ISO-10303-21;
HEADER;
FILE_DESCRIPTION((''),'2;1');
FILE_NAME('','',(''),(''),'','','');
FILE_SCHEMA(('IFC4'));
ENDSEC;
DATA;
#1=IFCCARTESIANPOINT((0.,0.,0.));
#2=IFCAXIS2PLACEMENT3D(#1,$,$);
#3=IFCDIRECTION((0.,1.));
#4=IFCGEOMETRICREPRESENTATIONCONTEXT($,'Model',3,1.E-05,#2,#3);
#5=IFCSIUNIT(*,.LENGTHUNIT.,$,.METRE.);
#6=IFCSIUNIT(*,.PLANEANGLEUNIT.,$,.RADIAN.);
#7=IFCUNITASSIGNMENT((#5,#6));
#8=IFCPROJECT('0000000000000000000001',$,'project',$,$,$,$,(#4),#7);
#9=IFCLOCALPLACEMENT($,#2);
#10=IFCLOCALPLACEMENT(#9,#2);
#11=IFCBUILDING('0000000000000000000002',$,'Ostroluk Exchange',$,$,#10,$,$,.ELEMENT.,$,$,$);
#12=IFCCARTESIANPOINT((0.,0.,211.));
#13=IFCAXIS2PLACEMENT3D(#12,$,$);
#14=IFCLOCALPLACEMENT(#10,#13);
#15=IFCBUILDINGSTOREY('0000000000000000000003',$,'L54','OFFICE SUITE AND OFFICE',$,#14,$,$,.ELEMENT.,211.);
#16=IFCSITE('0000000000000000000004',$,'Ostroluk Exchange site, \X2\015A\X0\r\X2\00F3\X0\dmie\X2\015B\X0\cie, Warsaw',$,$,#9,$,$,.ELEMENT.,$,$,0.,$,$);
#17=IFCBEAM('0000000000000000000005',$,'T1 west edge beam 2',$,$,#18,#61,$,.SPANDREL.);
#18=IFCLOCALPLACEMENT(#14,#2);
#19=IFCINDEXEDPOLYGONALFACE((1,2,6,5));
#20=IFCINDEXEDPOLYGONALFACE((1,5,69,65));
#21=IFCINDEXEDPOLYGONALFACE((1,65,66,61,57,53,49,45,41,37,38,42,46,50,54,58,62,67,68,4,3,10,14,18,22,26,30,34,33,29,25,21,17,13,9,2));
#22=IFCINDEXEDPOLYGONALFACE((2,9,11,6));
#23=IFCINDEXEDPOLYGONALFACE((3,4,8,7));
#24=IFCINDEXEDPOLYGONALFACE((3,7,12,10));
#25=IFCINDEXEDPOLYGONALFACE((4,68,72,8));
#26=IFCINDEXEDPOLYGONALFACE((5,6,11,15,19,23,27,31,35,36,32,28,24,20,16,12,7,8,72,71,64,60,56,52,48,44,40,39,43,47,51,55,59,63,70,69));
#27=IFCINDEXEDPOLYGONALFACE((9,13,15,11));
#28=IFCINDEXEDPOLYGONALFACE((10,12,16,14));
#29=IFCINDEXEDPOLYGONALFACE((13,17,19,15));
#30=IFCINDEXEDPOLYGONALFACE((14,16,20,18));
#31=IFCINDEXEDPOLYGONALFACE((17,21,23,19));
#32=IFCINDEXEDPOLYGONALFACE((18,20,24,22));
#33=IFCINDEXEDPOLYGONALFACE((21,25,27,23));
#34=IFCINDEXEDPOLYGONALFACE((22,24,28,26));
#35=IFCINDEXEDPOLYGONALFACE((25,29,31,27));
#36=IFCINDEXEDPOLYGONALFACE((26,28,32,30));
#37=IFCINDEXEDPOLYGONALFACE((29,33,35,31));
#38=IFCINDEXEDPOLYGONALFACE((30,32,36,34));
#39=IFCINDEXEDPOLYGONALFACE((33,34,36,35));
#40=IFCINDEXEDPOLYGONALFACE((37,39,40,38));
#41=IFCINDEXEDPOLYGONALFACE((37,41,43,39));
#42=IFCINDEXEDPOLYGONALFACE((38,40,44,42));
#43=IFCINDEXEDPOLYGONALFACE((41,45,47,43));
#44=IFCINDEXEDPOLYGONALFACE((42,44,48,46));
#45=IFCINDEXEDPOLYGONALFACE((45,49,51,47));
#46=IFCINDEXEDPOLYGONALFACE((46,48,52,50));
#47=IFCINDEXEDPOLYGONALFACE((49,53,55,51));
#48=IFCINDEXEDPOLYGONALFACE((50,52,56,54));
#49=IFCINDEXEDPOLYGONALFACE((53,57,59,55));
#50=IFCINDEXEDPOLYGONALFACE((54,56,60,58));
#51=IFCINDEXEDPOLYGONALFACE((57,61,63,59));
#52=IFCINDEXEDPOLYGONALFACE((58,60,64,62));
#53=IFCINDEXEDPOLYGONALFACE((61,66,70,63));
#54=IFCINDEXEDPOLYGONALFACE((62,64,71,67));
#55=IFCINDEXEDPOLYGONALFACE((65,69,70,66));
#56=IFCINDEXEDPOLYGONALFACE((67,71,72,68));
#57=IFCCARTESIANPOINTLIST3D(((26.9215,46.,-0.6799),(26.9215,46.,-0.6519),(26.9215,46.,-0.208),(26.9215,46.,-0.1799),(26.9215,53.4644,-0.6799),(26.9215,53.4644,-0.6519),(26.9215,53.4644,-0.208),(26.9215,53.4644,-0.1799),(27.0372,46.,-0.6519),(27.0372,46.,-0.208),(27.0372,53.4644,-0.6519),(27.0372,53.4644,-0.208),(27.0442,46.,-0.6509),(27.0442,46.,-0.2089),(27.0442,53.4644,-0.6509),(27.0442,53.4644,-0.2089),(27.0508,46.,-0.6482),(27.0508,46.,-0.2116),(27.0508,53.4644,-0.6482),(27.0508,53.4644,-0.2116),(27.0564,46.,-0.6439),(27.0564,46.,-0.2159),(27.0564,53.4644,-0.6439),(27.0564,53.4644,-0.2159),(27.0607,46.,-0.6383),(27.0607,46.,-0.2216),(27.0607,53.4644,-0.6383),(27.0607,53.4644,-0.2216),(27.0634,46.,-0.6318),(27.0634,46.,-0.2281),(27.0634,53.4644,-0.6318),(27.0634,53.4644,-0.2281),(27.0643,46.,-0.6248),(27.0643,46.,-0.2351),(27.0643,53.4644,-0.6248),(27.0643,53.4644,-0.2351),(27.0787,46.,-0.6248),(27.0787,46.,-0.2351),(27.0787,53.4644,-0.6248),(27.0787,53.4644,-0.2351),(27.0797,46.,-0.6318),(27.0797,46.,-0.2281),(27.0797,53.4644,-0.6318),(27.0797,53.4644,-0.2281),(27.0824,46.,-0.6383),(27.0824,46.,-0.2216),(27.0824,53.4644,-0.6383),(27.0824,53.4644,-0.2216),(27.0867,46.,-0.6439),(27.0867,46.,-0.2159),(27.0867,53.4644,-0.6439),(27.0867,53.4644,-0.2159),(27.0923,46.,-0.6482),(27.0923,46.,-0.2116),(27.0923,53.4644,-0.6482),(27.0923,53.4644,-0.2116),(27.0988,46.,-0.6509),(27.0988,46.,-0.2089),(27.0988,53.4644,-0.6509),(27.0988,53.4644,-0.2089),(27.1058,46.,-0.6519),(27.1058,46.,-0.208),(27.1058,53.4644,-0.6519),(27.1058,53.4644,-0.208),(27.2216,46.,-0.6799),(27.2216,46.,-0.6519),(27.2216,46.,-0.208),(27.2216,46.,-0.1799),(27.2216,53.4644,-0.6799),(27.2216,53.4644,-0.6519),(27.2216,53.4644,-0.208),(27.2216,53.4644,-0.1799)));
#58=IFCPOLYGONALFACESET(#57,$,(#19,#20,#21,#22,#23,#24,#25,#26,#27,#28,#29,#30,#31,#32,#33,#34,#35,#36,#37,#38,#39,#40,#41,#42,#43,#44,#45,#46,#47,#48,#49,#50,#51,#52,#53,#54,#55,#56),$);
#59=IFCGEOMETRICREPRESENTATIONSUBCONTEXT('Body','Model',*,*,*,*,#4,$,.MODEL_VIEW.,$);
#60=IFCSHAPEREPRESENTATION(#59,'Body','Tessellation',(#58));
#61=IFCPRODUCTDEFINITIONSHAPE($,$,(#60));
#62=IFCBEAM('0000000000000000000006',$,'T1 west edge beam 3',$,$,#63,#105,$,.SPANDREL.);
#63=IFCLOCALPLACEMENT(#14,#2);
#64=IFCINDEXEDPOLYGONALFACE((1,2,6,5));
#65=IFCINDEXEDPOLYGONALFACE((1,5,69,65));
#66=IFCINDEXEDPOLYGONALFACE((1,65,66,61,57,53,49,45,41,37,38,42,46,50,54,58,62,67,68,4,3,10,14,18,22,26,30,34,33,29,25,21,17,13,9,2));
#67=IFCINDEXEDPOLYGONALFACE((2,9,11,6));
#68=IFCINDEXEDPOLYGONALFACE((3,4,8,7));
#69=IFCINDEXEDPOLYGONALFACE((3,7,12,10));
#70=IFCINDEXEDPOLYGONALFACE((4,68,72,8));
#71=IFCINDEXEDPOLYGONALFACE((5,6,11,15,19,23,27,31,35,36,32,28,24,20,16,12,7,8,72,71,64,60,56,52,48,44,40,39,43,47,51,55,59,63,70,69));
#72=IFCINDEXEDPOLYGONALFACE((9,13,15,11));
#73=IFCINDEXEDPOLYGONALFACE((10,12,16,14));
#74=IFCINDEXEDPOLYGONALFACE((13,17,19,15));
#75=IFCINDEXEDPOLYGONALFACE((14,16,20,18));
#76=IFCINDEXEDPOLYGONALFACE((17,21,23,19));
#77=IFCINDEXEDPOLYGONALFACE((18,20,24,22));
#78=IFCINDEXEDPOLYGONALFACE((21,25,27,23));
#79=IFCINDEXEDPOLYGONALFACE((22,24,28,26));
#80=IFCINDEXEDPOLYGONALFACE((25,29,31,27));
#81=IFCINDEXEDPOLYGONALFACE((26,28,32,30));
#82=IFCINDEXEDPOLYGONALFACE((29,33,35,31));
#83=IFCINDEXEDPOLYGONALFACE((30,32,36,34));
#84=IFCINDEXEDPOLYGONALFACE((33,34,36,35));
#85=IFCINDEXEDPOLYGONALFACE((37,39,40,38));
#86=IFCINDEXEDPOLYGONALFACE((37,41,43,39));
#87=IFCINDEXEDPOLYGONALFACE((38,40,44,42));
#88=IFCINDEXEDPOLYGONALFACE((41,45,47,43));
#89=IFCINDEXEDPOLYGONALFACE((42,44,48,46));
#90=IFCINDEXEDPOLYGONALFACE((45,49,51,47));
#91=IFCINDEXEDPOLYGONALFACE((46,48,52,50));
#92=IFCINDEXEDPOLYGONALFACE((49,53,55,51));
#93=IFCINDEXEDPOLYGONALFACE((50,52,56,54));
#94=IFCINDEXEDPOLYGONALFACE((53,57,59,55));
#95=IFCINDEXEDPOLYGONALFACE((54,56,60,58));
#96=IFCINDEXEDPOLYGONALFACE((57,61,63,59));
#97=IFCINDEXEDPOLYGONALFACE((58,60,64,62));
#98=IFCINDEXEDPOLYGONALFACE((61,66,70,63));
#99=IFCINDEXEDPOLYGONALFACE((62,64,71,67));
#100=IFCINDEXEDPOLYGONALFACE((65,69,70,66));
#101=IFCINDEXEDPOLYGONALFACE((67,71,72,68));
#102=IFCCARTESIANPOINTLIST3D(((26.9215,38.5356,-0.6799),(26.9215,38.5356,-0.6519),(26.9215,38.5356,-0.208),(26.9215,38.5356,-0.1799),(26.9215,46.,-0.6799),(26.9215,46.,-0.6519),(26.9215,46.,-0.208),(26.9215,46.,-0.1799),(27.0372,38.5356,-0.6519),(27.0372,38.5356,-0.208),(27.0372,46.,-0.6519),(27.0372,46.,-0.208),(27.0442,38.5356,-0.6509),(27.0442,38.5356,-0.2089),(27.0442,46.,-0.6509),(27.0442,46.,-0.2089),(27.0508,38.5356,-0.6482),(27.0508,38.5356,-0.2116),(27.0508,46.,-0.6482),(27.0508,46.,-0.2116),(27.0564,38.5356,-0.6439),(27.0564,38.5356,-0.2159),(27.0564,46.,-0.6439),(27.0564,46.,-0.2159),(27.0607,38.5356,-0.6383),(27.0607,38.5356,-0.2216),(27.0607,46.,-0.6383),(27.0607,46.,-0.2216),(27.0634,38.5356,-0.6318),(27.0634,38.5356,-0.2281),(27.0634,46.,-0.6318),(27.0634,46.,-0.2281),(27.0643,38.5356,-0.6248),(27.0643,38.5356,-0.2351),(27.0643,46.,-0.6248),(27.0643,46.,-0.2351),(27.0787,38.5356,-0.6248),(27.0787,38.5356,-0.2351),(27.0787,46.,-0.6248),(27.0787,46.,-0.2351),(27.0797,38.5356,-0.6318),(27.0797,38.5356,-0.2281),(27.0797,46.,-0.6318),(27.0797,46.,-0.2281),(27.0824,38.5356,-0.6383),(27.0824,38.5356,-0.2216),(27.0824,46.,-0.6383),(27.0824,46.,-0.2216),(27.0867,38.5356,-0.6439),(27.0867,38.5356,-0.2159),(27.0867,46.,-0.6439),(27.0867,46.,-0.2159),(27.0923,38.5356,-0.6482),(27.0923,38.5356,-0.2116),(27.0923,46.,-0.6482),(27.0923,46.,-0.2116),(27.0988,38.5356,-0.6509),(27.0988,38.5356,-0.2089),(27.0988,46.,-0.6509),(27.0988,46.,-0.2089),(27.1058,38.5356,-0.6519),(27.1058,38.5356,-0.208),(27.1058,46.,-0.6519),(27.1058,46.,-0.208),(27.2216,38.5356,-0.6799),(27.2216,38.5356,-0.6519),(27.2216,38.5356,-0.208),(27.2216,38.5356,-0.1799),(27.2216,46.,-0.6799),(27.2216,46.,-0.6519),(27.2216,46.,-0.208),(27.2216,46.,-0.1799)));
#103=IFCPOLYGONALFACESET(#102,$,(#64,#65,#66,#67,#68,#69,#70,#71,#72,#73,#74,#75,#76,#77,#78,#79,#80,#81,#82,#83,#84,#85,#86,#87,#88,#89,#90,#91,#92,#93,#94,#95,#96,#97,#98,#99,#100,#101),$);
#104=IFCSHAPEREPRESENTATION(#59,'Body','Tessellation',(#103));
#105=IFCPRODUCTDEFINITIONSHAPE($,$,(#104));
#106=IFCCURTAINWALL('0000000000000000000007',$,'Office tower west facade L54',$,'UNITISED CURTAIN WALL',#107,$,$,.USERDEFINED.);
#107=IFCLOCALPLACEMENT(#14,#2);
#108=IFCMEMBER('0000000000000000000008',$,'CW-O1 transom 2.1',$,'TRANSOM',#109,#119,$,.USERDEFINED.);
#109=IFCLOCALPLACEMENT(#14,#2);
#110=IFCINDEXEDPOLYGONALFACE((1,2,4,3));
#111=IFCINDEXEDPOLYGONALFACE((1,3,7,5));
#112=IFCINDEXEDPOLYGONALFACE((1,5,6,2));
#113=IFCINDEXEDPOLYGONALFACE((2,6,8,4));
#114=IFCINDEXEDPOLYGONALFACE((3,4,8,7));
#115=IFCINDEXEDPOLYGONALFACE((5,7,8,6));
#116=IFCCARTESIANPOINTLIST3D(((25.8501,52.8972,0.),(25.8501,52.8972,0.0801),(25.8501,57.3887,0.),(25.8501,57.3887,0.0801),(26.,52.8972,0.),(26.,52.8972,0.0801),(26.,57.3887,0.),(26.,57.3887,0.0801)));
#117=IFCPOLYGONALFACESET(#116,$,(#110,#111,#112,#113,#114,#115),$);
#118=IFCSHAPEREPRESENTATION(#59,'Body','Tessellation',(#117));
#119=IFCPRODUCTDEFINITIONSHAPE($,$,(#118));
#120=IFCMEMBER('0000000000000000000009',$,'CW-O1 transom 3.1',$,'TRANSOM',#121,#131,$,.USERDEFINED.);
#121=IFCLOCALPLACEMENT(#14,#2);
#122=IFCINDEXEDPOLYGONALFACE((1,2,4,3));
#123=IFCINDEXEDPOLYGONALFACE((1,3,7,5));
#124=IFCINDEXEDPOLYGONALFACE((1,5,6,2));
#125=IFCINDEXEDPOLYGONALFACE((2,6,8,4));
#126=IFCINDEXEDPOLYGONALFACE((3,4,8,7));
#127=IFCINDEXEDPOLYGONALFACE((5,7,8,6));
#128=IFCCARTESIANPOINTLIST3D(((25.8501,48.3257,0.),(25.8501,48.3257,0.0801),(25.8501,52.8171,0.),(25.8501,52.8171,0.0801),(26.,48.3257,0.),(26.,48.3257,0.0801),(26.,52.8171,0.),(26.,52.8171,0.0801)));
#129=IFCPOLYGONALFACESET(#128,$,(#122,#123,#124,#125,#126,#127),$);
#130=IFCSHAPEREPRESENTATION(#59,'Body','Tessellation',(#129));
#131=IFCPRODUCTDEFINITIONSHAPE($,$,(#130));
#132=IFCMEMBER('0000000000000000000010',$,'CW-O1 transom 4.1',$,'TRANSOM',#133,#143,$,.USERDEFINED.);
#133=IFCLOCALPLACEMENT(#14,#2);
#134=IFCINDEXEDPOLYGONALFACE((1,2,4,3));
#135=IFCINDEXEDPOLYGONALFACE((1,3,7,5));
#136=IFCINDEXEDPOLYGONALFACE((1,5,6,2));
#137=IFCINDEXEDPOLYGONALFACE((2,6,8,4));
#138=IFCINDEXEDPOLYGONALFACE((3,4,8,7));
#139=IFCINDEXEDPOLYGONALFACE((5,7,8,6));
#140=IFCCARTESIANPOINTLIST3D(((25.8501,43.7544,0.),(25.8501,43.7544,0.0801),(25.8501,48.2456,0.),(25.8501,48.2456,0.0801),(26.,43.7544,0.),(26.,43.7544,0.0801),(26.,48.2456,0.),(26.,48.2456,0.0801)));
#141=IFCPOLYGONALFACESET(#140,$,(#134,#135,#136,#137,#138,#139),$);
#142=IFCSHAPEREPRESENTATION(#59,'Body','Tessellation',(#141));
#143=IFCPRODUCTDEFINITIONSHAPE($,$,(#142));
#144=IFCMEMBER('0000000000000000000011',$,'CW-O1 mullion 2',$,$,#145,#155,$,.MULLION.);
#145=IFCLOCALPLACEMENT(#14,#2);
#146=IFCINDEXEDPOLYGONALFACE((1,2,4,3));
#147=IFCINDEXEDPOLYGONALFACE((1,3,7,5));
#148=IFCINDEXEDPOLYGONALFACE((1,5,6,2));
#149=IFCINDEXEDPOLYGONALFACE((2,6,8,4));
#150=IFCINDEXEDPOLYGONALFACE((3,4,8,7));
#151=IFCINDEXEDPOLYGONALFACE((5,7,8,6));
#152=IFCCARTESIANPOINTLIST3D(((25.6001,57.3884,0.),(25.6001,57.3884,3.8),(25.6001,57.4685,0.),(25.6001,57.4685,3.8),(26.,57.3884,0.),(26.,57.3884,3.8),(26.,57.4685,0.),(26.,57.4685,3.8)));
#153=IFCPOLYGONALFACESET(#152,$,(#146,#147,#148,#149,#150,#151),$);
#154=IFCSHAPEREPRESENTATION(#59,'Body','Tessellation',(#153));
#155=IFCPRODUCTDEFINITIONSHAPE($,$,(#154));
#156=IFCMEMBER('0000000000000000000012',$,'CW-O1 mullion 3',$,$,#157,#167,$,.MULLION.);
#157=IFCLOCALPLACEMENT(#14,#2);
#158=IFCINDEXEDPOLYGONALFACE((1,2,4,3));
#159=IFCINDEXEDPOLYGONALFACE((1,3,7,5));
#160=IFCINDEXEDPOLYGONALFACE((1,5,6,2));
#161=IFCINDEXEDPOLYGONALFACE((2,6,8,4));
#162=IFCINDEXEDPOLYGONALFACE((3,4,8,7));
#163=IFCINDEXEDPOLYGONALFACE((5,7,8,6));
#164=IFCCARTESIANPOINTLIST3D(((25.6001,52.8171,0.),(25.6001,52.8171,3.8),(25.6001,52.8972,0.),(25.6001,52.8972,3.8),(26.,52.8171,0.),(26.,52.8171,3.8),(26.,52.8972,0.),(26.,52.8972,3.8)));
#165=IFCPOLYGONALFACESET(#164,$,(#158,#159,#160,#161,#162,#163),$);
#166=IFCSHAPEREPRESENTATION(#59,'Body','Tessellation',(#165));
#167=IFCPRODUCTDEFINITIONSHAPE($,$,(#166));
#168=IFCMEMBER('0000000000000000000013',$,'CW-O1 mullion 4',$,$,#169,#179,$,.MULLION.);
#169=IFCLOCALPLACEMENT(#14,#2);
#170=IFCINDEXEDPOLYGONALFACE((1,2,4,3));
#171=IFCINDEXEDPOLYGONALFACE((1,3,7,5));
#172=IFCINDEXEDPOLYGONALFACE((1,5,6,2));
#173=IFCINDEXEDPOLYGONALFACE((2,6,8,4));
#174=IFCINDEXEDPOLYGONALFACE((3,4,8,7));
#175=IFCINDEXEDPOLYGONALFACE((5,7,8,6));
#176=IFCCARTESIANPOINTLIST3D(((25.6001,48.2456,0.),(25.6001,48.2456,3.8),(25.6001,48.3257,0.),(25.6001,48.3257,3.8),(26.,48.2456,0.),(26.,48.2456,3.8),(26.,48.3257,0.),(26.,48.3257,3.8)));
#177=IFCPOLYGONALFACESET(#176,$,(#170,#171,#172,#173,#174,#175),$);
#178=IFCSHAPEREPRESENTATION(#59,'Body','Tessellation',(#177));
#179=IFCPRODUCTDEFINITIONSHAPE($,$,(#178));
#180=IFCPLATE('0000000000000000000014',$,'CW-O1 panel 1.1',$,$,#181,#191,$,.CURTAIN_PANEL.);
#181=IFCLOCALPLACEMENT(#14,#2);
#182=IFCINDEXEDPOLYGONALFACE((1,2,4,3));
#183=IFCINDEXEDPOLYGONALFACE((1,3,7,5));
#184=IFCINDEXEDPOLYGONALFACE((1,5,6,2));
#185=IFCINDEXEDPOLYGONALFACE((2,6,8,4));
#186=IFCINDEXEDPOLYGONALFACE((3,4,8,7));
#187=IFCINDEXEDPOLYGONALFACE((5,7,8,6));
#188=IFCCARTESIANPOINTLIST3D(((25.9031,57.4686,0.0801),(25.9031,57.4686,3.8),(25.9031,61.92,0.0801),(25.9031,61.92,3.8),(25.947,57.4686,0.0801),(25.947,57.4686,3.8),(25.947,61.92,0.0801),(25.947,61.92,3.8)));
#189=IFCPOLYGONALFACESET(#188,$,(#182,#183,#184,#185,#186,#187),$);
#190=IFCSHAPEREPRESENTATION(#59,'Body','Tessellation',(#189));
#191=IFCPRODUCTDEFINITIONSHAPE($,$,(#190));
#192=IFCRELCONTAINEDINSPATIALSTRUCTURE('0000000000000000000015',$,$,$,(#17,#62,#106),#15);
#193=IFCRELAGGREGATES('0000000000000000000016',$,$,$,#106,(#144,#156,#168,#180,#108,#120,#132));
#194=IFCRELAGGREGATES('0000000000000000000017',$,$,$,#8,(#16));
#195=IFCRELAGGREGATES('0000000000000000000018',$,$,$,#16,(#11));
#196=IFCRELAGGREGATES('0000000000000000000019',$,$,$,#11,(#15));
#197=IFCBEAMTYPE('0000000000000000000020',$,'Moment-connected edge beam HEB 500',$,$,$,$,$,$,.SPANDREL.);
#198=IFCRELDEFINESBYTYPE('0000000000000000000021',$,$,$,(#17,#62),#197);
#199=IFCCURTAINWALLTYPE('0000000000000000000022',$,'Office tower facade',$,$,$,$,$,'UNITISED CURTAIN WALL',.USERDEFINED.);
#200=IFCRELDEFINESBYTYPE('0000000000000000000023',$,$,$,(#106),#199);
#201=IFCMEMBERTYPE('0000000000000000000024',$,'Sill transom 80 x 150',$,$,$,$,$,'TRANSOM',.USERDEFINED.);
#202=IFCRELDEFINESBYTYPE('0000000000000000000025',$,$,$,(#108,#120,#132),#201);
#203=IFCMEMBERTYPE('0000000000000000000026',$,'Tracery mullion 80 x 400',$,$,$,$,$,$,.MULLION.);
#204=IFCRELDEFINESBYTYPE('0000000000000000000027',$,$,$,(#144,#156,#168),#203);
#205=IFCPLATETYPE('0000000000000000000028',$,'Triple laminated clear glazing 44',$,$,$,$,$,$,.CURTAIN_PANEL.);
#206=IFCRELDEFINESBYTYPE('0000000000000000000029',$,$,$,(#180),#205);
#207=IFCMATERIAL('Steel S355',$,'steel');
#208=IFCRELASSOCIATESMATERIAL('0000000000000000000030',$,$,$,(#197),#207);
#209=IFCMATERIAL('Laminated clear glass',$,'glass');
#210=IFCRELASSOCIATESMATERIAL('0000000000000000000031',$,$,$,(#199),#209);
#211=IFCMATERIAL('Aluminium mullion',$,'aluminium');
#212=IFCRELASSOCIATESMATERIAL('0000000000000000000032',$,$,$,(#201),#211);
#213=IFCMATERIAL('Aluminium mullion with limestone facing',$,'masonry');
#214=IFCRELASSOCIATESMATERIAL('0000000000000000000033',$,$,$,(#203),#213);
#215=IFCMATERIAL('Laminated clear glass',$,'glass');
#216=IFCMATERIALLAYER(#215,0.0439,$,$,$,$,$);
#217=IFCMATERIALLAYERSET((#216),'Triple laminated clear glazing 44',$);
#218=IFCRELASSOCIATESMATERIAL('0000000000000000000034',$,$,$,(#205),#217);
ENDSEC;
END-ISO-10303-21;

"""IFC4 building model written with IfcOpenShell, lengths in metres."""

from ifc_helpers import new_model, si_unit, direction, frame, origin, origin_2d, place, context, subcontext, project, spatial, rectangle, i_section, extrude, material, layer, layer_set, material_profile, profile_set, type_object, element, aggregate, save


model = new_model("IFC4")

# Units and contexts
model_context = context("Model", 3, precision=1e-05, world=origin(), true_north=direction((0.0, 1.0)))
body_context = subcontext(model_context, "Body", "Model", "MODEL_VIEW")
ifc_project = project(units=[si_unit("LENGTHUNIT", "METRE"), si_unit("PLANEANGLEUNIT", "RADIAN")], contexts=[model_context])

# Site, building, storey
site_placement = place(None, origin())
site = spatial("IfcSite", under=ifc_project, at=site_placement, Name="Ostroluk Exchange site, Śródmieście, Warsaw", CompositionType="ELEMENT", RefElevation=0.0)
building_placement = place(site_placement, origin())
building = spatial("IfcBuilding", under=site, at=building_placement, Name="Ostroluk Exchange", CompositionType="ELEMENT")
storey_placement = place(building_placement, frame((0.0, 0.0, 211.0)))
storey = spatial("IfcBuildingStorey", under=building, at=storey_placement, Name="L54", Description="OFFICE SUITE AND OFFICE", CompositionType="ELEMENT", Elevation=211.0)

# Beams
ifc_material_1 = material(Name="Steel S355", Category="steel")
ifc_material_profile_1 = material_profile(ifc_material_1, i_section(OverallWidth=0.3, OverallDepth=0.5, WebThickness=0.0144, FlangeThickness=0.0281, FilletRadius=0.0271, at=origin_2d()), Name="HEB 500")
ifc_profile_set_1 = profile_set([ifc_material_profile_1], Name="Steel S355")
beam_type_1 = type_object("IfcBeamType", Name="Moment-connected edge beam HEB 500", PredefinedType="SPANDREL", material=ifc_profile_set_1)
for number, where, z_axis, x_axis, name in (
    (1, (27.0715, 53.4644, -0.4299), (0.0, -1.0, 0.0), (1.0, 0.0, 0.0), "T1 west edge beam 2"),
    (2, (27.0715, 46.0, -0.4299), (0.0, -1.0, 0.0), (1.0, 0.0, 0.0), "T1 west edge beam 3"),
):
    element("IfcBeam", number, at=place(storey_placement, frame(where, z_axis=z_axis, x_axis=x_axis)), inside=storey, type_object=beam_type_1, Name=name, PredefinedType="SPANDREL", context=body_context, shape_type="SweptSolid", body=[
        extrude(i_section(OverallWidth=0.3, OverallDepth=0.5, WebThickness=0.0144, FlangeThickness=0.0281, FilletRadius=0.0271, at=origin_2d()), origin(), (0.0, 0.0, 1.0), 7.4644),
    ])

# Curtain wall, members, plate
ifc_material_2 = material(Name="Laminated clear glass", Category="glass")
curtain_wall_type = type_object("IfcCurtainWallType", Name="Office tower facade", ElementType="UNITISED CURTAIN WALL", PredefinedType="USERDEFINED", material=ifc_material_2)
curtain_wall_placement = place(storey_placement, origin())
curtain_wall = element("IfcCurtainWall", 3, at=curtain_wall_placement, inside=storey, type_object=curtain_wall_type, Name="Office tower west facade L54", ObjectType="UNITISED CURTAIN WALL", PredefinedType="USERDEFINED")
ifc_material_3 = material(Name="Aluminium mullion", Category="aluminium")
ifc_material_profile_2 = material_profile(ifc_material_3, rectangle(XDim=0.1499, YDim=0.0801, at=origin_2d()), Name="Sill transom 80 x 150")
ifc_profile_set_2 = profile_set([ifc_material_profile_2], Name="Aluminium mullion")
member_type_1 = type_object("IfcMemberType", Name="Sill transom 80 x 150", ElementType="TRANSOM", PredefinedType="USERDEFINED", material=ifc_profile_set_2)
member_1_placement = place(storey_placement, frame((25.925, 57.3887, 0.04), z_axis=(0.0, -1.0, 0.0), x_axis=(1.0, 0.0, 0.0)))
member_1 = element("IfcMember", 4, at=member_1_placement, type_object=member_type_1, Name="CW-O1 transom 2.1", ObjectType="TRANSOM", PredefinedType="USERDEFINED", context=body_context, shape_type="SweptSolid", body=[
    extrude(rectangle(XDim=0.1499, YDim=0.0801, at=origin_2d()), origin(), (0.0, 0.0, 1.0), 4.4915),
])
member_2_placement = place(storey_placement, frame((25.925, 52.8171, 0.04), z_axis=(0.0, -1.0, 0.0), x_axis=(1.0, 0.0, 0.0)))
member_2 = element("IfcMember", 5, at=member_2_placement, type_object=member_type_1, Name="CW-O1 transom 3.1", ObjectType="TRANSOM", PredefinedType="USERDEFINED", context=body_context, shape_type="SweptSolid", body=[
    extrude(rectangle(XDim=0.1499, YDim=0.0801, at=origin_2d()), origin(), (0.0, 0.0, 1.0), 4.4915),
])
member_3_placement = place(storey_placement, frame((25.925, 48.2456, 0.04), z_axis=(0.0, -1.0, 0.0), x_axis=(1.0, 0.0, 0.0)))
member_3 = element("IfcMember", 6, at=member_3_placement, type_object=member_type_1, Name="CW-O1 transom 4.1", ObjectType="TRANSOM", PredefinedType="USERDEFINED", context=body_context, shape_type="SweptSolid", body=[
    extrude(rectangle(XDim=0.1499, YDim=0.0801, at=origin_2d()), origin(), (0.0, 0.0, 1.0), 4.4912),
])
ifc_material_4 = material(Name="Aluminium mullion with limestone facing", Category="masonry")
ifc_material_profile_3 = material_profile(ifc_material_4, rectangle(XDim=0.3999, YDim=0.0801, at=origin_2d()), Name="Tracery mullion 80 x 400")
ifc_profile_set_3 = profile_set([ifc_material_profile_3], Name="Aluminium mullion with limestone facing")
member_type_2 = type_object("IfcMemberType", Name="Tracery mullion 80 x 400", PredefinedType="MULLION", material=ifc_profile_set_3)
member_4_placement = place(storey_placement, frame((25.8, 57.4285, 0.0), z_axis=(0.0, 0.0, 1.0), x_axis=(1.0, 0.0, 0.0)))
member_4 = element("IfcMember", 7, at=member_4_placement, type_object=member_type_2, Name="CW-O1 mullion 2", PredefinedType="MULLION", context=body_context, shape_type="SweptSolid", body=[
    extrude(rectangle(XDim=0.3999, YDim=0.0801, at=origin_2d()), origin(), (0.0, 0.0, 1.0), 3.8),
])
member_5_placement = place(storey_placement, frame((25.8, 52.8572, 0.0), z_axis=(0.0, 0.0, 1.0), x_axis=(1.0, 0.0, 0.0)))
member_5 = element("IfcMember", 8, at=member_5_placement, type_object=member_type_2, Name="CW-O1 mullion 3", PredefinedType="MULLION", context=body_context, shape_type="SweptSolid", body=[
    extrude(rectangle(XDim=0.3999, YDim=0.0801, at=origin_2d()), origin(), (0.0, 0.0, 1.0), 3.8),
])
member_6_placement = place(storey_placement, frame((25.8, 48.2856, 0.0), z_axis=(0.0, 0.0, 1.0), x_axis=(1.0, 0.0, 0.0)))
member_6 = element("IfcMember", 9, at=member_6_placement, type_object=member_type_2, Name="CW-O1 mullion 4", PredefinedType="MULLION", context=body_context, shape_type="SweptSolid", body=[
    extrude(rectangle(XDim=0.3999, YDim=0.0801, at=origin_2d()), origin(), (0.0, 0.0, 1.0), 3.8),
])
ifc_material_5 = material(Name="Laminated clear glass", Category="glass")
ifc_layer_1 = layer(ifc_material_5, 0.0439)
ifc_layer_set_1 = layer_set([ifc_layer_1], Name="Triple laminated clear glazing 44")
plate_type = type_object("IfcPlateType", Name="Triple laminated clear glazing 44", PredefinedType="CURTAIN_PANEL", material=ifc_layer_set_1)
plate_1_placement = place(storey_placement, frame((25.925, 59.6943, 0.0801), z_axis=(0.0, 0.0, 1.0), x_axis=(0.0, -1.0, 0.0)))
plate_1 = element("IfcPlate", 10, at=plate_1_placement, type_object=plate_type, Name="CW-O1 panel 1.1", PredefinedType="CURTAIN_PANEL", context=body_context, shape_type="SweptSolid", body=[
    extrude(rectangle(XDim=4.4514, YDim=0.0439, at=origin_2d()), origin(), (0.0, 0.0, 1.0), 3.72),
])
aggregate(curtain_wall, [member_4, member_5, member_6, plate_1, member_1, member_2, member_3])

save(model, "model.ifc")
